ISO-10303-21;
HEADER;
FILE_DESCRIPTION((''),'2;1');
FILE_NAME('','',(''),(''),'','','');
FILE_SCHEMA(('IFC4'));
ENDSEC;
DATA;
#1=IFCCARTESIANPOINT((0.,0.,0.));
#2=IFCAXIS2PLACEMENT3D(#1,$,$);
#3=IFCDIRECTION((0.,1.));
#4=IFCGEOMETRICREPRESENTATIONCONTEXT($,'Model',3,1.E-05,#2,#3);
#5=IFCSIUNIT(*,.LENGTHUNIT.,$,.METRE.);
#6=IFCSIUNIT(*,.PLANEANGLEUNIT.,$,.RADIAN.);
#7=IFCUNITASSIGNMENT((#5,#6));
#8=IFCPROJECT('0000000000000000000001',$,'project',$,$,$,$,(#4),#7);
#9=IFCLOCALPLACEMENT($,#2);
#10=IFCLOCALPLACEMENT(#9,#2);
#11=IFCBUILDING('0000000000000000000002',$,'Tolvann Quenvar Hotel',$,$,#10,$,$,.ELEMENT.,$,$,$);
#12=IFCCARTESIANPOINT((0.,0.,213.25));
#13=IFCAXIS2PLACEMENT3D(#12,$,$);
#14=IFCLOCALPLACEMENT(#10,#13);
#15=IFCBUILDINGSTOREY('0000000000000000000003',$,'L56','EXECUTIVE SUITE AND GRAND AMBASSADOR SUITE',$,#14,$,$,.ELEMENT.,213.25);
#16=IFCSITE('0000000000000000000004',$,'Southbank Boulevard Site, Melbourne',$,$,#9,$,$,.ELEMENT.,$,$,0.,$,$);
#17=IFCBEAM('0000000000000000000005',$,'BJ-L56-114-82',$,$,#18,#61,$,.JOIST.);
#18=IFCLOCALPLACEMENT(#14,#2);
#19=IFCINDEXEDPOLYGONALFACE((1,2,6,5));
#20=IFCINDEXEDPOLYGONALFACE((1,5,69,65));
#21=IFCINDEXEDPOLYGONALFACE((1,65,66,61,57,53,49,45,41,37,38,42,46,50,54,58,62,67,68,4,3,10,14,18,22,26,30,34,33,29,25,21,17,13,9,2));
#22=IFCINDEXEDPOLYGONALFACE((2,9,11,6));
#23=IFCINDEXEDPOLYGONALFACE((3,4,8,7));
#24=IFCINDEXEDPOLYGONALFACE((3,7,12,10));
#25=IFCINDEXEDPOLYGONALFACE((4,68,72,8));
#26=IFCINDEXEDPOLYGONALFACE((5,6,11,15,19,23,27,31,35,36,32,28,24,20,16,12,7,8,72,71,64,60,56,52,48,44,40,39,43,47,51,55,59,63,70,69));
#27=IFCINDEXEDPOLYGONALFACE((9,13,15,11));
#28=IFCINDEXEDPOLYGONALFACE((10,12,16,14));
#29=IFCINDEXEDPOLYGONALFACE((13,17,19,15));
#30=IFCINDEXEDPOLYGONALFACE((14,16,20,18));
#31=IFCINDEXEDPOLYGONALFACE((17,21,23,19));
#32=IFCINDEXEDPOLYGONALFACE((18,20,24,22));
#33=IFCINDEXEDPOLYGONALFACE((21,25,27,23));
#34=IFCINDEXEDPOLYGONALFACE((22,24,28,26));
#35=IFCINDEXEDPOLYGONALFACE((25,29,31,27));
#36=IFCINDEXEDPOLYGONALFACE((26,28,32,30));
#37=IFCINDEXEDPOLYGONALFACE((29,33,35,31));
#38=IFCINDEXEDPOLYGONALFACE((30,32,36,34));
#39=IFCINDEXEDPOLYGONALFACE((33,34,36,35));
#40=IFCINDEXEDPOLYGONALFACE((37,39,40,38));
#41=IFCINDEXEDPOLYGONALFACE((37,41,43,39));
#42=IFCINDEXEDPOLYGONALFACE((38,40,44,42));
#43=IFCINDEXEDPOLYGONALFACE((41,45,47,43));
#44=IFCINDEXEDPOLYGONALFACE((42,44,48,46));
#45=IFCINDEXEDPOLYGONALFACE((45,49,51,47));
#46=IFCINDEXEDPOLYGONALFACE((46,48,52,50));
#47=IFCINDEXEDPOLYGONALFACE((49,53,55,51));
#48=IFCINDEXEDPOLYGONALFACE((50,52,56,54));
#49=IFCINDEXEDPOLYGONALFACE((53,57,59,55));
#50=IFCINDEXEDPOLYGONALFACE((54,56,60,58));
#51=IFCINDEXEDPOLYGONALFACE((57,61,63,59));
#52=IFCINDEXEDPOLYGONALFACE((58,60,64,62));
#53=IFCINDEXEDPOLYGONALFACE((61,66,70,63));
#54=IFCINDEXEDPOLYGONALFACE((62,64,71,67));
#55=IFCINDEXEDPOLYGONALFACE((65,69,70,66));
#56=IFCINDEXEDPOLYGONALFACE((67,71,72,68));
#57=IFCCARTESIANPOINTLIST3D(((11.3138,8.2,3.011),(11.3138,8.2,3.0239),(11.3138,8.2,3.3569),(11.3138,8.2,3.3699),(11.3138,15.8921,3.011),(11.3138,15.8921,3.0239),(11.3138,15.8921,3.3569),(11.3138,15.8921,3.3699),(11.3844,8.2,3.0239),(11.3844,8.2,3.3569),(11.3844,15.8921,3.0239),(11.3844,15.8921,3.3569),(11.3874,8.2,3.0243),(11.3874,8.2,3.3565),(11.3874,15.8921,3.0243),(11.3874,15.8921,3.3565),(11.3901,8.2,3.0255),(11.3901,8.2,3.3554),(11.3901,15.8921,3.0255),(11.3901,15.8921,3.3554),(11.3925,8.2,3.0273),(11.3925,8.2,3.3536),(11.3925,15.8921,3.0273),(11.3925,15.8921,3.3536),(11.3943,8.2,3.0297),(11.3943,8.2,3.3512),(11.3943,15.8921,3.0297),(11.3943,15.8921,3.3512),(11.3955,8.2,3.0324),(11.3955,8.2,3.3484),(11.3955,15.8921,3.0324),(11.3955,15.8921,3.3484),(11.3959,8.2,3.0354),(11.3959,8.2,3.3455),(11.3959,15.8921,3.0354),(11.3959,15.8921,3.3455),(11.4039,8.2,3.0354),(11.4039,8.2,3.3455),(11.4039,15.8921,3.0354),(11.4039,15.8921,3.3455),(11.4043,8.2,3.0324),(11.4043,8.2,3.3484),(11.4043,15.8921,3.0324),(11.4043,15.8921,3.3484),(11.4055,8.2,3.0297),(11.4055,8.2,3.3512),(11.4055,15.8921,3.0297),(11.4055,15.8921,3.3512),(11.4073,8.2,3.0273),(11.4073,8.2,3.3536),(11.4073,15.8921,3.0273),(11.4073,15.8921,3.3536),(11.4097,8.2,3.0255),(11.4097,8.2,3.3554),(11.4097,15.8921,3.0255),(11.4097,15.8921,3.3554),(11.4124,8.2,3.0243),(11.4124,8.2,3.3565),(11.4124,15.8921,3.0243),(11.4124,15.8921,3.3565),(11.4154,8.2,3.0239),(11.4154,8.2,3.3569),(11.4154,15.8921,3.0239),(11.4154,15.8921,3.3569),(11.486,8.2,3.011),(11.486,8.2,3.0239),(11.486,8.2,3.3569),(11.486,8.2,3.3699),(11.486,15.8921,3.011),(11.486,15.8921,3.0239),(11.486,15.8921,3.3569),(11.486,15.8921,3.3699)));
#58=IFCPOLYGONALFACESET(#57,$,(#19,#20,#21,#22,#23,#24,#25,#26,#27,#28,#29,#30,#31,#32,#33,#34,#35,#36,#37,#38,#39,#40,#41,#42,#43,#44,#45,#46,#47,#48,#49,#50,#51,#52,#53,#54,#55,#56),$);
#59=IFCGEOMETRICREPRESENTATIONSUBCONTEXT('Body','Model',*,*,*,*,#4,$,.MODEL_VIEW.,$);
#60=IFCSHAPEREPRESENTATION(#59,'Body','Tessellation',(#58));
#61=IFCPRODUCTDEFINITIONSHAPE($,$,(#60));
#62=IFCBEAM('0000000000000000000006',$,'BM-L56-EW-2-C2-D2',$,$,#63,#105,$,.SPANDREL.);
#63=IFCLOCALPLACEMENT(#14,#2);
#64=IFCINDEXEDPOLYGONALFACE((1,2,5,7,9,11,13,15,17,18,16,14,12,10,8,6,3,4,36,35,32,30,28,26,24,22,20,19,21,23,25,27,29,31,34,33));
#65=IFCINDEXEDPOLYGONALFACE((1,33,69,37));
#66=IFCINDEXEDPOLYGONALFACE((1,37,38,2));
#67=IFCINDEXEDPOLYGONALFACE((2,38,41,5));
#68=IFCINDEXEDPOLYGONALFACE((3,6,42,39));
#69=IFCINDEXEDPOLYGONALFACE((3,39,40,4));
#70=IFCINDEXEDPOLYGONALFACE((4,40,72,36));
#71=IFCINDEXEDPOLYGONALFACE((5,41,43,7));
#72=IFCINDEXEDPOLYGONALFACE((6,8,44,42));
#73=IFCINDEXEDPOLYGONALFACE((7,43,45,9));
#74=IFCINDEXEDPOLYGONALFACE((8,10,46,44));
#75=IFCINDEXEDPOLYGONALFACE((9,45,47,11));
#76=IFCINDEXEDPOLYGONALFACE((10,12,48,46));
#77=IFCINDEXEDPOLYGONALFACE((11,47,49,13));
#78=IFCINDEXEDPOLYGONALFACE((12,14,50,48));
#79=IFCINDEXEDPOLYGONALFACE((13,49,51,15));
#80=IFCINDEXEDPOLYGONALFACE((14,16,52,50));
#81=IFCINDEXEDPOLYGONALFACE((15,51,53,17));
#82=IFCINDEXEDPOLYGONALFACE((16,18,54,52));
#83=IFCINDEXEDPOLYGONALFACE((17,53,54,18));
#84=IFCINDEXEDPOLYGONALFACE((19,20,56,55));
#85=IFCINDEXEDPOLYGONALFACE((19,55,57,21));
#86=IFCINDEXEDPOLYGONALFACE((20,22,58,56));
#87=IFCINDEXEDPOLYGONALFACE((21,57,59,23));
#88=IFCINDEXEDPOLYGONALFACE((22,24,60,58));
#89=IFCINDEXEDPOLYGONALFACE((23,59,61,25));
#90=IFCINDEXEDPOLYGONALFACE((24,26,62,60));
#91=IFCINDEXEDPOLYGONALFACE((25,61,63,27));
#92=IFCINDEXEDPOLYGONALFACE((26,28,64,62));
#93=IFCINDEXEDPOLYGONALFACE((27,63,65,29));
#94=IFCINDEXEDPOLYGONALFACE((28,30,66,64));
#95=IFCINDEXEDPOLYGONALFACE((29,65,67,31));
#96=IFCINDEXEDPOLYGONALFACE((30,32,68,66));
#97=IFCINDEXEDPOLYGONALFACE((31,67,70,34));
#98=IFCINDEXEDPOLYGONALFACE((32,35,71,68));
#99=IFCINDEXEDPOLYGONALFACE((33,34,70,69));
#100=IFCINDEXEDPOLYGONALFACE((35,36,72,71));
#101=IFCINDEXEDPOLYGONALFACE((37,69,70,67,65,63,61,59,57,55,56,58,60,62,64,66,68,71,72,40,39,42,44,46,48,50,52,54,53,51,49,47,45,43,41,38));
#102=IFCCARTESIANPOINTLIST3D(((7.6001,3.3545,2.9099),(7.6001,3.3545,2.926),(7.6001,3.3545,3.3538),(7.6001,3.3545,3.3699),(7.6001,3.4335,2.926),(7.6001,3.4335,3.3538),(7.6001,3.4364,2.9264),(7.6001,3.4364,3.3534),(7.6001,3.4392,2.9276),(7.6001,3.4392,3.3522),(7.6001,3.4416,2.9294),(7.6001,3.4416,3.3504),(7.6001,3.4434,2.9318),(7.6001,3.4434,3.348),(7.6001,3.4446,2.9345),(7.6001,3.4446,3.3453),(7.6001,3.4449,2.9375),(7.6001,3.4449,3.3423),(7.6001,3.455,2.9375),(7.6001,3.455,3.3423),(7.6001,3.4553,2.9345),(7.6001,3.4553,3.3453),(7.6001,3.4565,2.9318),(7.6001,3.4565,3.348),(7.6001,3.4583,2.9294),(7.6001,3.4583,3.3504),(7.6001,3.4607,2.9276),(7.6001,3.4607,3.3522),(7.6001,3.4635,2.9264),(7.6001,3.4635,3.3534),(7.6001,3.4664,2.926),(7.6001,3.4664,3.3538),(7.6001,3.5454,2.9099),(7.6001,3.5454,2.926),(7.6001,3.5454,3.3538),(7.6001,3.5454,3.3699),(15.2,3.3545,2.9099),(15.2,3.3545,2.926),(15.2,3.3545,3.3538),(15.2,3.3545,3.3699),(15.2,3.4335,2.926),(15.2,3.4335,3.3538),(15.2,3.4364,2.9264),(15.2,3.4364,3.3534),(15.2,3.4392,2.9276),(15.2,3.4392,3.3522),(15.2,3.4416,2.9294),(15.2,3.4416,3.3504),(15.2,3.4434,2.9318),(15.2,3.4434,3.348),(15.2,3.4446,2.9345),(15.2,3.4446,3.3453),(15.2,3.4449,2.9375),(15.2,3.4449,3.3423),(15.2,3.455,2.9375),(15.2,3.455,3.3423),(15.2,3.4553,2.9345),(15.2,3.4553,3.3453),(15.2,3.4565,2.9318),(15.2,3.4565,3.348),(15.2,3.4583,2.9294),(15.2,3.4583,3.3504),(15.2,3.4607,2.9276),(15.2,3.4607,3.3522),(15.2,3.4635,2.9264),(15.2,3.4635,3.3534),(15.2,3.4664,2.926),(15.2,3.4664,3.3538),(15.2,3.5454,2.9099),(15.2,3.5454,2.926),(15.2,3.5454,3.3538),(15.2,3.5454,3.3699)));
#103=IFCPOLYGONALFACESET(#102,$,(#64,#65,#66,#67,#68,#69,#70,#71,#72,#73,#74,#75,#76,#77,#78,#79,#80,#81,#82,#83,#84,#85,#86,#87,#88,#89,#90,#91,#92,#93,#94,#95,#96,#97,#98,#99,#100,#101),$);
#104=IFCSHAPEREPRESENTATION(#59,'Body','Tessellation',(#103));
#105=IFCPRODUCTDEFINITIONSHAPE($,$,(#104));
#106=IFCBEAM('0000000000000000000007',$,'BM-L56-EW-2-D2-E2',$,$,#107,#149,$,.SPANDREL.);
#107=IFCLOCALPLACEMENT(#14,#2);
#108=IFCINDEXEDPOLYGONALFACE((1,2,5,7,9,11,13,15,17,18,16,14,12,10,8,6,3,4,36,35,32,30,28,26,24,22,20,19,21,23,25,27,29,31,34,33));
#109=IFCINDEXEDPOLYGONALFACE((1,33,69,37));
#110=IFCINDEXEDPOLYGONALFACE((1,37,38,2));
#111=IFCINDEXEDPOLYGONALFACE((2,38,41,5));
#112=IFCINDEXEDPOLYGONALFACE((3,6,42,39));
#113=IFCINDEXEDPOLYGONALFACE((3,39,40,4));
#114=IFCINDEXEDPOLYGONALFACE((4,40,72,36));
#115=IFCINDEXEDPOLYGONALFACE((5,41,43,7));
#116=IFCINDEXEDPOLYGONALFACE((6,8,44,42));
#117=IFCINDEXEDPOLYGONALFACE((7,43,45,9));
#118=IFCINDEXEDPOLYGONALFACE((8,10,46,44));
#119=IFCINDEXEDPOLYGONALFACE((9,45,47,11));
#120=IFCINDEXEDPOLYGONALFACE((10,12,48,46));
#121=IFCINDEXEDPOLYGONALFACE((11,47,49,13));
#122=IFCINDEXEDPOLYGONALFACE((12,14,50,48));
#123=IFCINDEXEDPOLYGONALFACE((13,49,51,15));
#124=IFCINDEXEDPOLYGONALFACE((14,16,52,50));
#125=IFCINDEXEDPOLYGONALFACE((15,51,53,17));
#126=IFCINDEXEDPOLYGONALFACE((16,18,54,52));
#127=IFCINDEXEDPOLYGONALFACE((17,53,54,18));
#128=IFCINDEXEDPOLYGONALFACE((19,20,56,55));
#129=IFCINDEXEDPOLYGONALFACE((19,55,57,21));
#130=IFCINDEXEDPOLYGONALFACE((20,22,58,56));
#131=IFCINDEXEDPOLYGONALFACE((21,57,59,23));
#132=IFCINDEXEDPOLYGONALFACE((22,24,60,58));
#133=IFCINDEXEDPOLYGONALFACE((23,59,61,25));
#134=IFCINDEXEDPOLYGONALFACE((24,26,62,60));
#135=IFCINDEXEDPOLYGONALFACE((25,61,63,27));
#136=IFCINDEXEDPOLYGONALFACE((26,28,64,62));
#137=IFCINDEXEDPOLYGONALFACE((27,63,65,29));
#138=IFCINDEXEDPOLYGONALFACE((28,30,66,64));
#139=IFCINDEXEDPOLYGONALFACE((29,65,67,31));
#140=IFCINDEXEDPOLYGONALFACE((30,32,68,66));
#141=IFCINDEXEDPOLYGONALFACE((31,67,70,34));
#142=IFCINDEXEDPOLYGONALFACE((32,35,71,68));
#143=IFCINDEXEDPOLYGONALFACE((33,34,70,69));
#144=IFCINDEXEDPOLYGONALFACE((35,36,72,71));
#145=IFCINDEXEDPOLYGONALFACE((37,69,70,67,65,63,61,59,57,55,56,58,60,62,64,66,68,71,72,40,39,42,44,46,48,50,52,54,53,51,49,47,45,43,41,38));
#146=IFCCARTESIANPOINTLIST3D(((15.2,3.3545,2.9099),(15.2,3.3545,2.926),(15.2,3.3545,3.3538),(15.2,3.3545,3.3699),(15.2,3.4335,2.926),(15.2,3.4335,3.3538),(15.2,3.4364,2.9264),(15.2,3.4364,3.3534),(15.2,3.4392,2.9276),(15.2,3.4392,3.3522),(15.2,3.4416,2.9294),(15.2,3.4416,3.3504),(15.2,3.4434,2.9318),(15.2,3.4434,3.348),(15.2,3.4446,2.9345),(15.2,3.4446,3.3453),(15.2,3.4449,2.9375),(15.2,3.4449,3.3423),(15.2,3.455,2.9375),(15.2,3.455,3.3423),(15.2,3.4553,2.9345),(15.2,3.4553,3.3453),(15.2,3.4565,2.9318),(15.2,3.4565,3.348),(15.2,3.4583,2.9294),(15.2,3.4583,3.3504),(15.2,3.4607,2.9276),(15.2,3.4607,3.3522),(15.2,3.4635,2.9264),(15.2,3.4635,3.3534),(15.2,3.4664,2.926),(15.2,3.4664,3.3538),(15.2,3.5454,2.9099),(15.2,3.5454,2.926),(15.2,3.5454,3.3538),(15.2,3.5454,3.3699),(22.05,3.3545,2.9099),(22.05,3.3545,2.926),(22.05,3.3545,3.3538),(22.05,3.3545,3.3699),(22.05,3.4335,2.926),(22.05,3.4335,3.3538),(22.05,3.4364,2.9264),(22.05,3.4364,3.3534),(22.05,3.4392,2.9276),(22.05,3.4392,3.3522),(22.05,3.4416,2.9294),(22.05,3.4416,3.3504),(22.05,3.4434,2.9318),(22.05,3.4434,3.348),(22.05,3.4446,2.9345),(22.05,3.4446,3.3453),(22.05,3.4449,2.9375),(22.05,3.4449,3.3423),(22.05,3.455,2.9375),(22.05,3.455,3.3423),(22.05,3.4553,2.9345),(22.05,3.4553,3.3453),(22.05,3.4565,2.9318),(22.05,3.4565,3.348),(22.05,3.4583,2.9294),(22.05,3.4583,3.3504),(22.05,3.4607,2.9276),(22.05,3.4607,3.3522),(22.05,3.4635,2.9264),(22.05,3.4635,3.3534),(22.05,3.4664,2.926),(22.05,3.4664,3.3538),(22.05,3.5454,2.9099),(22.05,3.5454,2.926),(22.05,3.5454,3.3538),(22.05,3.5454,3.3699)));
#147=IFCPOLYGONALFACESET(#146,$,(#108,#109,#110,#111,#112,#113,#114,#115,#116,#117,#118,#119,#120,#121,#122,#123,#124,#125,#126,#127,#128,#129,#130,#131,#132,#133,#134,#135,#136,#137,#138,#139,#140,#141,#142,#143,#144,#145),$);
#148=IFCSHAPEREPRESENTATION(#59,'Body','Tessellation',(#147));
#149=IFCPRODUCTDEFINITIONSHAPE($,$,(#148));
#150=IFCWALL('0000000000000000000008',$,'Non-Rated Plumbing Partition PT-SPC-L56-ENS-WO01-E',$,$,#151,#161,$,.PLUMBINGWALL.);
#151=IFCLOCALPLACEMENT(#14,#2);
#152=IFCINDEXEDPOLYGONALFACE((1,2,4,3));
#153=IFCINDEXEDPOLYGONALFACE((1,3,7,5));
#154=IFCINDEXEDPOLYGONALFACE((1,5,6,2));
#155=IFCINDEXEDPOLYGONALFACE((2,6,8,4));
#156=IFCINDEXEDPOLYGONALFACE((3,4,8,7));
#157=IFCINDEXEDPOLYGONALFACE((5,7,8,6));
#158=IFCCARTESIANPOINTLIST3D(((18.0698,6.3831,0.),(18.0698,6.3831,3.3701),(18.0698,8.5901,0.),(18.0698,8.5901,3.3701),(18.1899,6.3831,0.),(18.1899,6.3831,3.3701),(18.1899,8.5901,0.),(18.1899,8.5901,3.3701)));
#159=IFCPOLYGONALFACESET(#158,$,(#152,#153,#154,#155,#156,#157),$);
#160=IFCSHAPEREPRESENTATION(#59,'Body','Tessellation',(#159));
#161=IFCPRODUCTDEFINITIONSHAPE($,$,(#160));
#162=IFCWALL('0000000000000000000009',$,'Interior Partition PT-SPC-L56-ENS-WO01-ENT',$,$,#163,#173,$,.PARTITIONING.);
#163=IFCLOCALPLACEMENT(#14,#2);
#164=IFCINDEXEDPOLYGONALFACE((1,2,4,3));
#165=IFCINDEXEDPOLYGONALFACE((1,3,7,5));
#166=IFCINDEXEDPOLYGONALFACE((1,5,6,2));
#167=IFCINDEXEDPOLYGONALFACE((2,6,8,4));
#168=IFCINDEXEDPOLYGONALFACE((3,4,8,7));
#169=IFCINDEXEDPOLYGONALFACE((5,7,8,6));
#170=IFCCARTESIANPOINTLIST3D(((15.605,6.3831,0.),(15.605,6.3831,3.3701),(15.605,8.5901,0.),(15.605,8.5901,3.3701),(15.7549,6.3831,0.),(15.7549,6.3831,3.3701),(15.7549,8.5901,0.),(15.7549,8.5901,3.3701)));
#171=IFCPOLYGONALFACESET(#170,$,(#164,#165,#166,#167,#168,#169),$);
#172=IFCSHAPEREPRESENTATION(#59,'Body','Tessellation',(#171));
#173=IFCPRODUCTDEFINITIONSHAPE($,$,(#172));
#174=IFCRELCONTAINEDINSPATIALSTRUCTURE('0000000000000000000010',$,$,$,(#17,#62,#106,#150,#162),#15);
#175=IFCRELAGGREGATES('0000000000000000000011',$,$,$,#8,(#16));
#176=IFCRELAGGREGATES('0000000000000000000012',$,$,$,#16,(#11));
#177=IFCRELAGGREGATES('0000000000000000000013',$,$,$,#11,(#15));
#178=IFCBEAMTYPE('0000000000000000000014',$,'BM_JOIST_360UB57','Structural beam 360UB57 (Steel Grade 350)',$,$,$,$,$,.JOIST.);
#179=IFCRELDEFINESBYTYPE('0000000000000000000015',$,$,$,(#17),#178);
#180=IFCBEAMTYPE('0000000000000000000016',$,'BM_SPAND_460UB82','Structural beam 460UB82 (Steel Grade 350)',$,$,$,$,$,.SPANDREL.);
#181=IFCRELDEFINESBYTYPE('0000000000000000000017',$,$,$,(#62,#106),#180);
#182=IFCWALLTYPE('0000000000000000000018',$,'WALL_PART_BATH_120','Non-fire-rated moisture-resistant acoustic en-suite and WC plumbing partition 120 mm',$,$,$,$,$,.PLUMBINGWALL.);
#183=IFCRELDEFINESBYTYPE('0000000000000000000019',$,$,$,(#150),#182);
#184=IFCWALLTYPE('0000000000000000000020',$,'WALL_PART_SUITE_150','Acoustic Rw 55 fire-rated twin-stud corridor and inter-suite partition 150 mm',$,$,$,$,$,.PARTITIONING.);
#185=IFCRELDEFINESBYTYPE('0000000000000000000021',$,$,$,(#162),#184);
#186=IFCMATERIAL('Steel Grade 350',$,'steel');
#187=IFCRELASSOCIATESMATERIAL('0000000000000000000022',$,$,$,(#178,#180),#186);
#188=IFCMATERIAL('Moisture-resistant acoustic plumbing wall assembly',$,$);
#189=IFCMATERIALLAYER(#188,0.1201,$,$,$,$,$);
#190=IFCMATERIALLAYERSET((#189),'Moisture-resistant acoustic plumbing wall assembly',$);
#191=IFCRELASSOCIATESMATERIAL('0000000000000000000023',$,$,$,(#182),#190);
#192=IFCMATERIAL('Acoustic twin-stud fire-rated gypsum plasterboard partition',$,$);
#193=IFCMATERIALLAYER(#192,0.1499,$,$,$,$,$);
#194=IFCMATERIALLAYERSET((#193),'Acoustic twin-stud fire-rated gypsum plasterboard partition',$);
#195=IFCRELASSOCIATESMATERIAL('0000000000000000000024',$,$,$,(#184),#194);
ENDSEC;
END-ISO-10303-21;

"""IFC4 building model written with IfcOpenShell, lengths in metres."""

from ifc_helpers import new_model, si_unit, direction, frame, frame_2d, origin, origin_2d, place, context, subcontext, project, spatial, rectangle, i_section, extrude, source, transform, mapped, material, layer, layer_set, material_profile, profile_set, type_object, type_shapes, element, save


model = new_model("IFC4")

# Units and contexts
model_context = context("Model", 3, precision=1e-05, world=origin(), true_north=direction((0.0, 1.0)))
body_context = subcontext(model_context, "Body", "Model", "MODEL_VIEW")
ifc_project = project(units=[si_unit("LENGTHUNIT", "METRE"), si_unit("PLANEANGLEUNIT", "RADIAN")], contexts=[model_context])

# Site, building, storey
site_placement = place(None, origin())
site = spatial("IfcSite", under=ifc_project, at=site_placement, Name="Southbank Boulevard Site, Melbourne", CompositionType="ELEMENT", RefElevation=0.0)
building_placement = place(site_placement, origin())
building = spatial("IfcBuilding", under=site, at=building_placement, Name="Tolvann Quenvar Hotel", CompositionType="ELEMENT")
storey_placement = place(building_placement, frame((0.0, 0.0, 213.25)))
storey = spatial("IfcBuildingStorey", under=building, at=storey_placement, Name="L56", Description="EXECUTIVE SUITE AND GRAND AMBASSADOR SUITE", CompositionType="ELEMENT", Elevation=213.25)

# Shared definitions
ifc_material_1 = material(Name="Steel Grade 350", Category="steel")

# Beams
ifc_material_profile_1 = material_profile(ifc_material_1, i_section(OverallWidth=0.1721, OverallDepth=0.3589, WebThickness=0.0081, FlangeThickness=0.0129, FilletRadius=0.0115, at=origin_2d()), Name="360UB57")
ifc_profile_set_1 = profile_set([ifc_material_profile_1], Name="Steel Grade 350")
beam_type_1 = type_object("IfcBeamType", Name="BM_JOIST_360UB57", Description="Structural beam 360UB57 (Steel Grade 350)", PredefinedType="JOIST", material=ifc_profile_set_1)
shared_shape_1 = source(origin(), body_context, "Body", "SweptSolid", [
    extrude(i_section(OverallWidth=0.1721, OverallDepth=0.3589, WebThickness=0.0081, FlangeThickness=0.0129, FilletRadius=0.0115, at=origin_2d()), origin(), (0.0, 0.0, 1.0), 7.6921),
])
type_shapes(beam_type_1, [shared_shape_1])
beam_1_placement = place(storey_placement, frame((11.3999, 8.2, 3.1904), z_axis=(0.0, 1.0, 0.0), x_axis=(-1.0, 0.0, 0.0)))
element("IfcBeam", 1, at=beam_1_placement, inside=storey, type_object=beam_type_1, Name="BJ-L56-114-82", PredefinedType="JOIST", context=body_context, shape_type="MappedRepresentation", body=[
    mapped(shared_shape_1, transform((0.0, 0.0, 0.0), x_axis=(1.0, 0.0, 0.0), y_axis=(0.0, 1.0, 0.0), z_axis=(0.0, 0.0, 1.0), scale=1.0)),
])
ifc_material_profile_2 = material_profile(ifc_material_1, i_section(OverallWidth=0.1909, OverallDepth=0.46, WebThickness=0.01, FlangeThickness=0.0161, FilletRadius=0.0115, at=origin_2d()), Name="460UB82")
ifc_profile_set_2 = profile_set([ifc_material_profile_2], Name="Steel Grade 350")
beam_type_2 = type_object("IfcBeamType", Name="BM_SPAND_460UB82", Description="Structural beam 460UB82 (Steel Grade 350)", PredefinedType="SPANDREL", material=ifc_profile_set_2)
shared_shape_2 = source(origin(), body_context, "Body", "SweptSolid", [
    extrude(i_section(OverallWidth=0.1909, OverallDepth=0.46, WebThickness=0.01, FlangeThickness=0.0161, FilletRadius=0.0115, at=origin_2d()), origin(), (0.0, 0.0, 1.0), 7.5999),
])
beam_2_placement = place(storey_placement, frame((7.6001, 3.45, 3.1399), z_axis=(1.0, 0.0, 0.0), x_axis=(0.0, 1.0, 0.0)))
element("IfcBeam", 2, at=beam_2_placement, inside=storey, type_object=beam_type_2, Name="BM-L56-EW-2-C2-D2", PredefinedType="SPANDREL", context=body_context, shape_type="MappedRepresentation", body=[
    mapped(shared_shape_2, transform((0.0, 0.0, 0.0), x_axis=(1.0, 0.0, 0.0), y_axis=(0.0, 1.0, 0.0), z_axis=(0.0, 0.0, 1.0), scale=1.0)),
])
shared_shape_3 = source(origin(), body_context, "Body", "SweptSolid", [
    extrude(i_section(OverallWidth=0.1909, OverallDepth=0.46, WebThickness=0.01, FlangeThickness=0.0161, FilletRadius=0.0115, at=origin_2d()), origin(), (0.0, 0.0, 1.0), 6.8501),
])
type_shapes(beam_type_2, [shared_shape_2, shared_shape_3])
beam_3_placement = place(storey_placement, frame((15.2, 3.45, 3.1399), z_axis=(1.0, 0.0, 0.0), x_axis=(0.0, 1.0, 0.0)))
element("IfcBeam", 3, at=beam_3_placement, inside=storey, type_object=beam_type_2, Name="BM-L56-EW-2-D2-E2", PredefinedType="SPANDREL", context=body_context, shape_type="MappedRepresentation", body=[
    mapped(shared_shape_3, transform((0.0, 0.0, 0.0), x_axis=(1.0, 0.0, 0.0), y_axis=(0.0, 1.0, 0.0), z_axis=(0.0, 0.0, 1.0), scale=1.0)),
])

# Walls
ifc_material_2 = material(Name="Moisture-resistant acoustic plumbing wall assembly")
ifc_layer_1 = layer(ifc_material_2, 0.1201)
ifc_layer_set_1 = layer_set([ifc_layer_1], Name="Moisture-resistant acoustic plumbing wall assembly")
wall_type_1 = type_object("IfcWallType", Name="WALL_PART_BATH_120", Description="Non-fire-rated moisture-resistant acoustic en-suite and WC plumbing partition 120 mm", PredefinedType="PLUMBINGWALL", material=ifc_layer_set_1)
wall_1_placement = place(storey_placement, frame((18.1299, 6.3831, 0.0), z_axis=(0.0, 0.0, 1.0), x_axis=(0.0, 1.0, 0.0)))
element("IfcWall", 4, at=wall_1_placement, inside=storey, type_object=wall_type_1, Name="Non-Rated Plumbing Partition PT-SPC-L56-ENS-WO01-E", PredefinedType="PLUMBINGWALL", context=body_context, shape_type="SweptSolid", body=[
    extrude(rectangle(XDim=2.207, YDim=0.1201, at=frame_2d((1.1035, 0.0))), origin(), (0.0, 0.0, 1.0), 3.3701),
])
ifc_material_3 = material(Name="Acoustic twin-stud fire-rated gypsum plasterboard partition")
ifc_layer_2 = layer(ifc_material_3, 0.1499)
ifc_layer_set_2 = layer_set([ifc_layer_2], Name="Acoustic twin-stud fire-rated gypsum plasterboard partition")
wall_type_2 = type_object("IfcWallType", Name="WALL_PART_SUITE_150", Description="Acoustic Rw 55 fire-rated twin-stud corridor and inter-suite partition 150 mm", PredefinedType="PARTITIONING", material=ifc_layer_set_2)
wall_2_placement = place(storey_placement, frame((15.6799, 6.3831, 0.0), z_axis=(0.0, 0.0, 1.0), x_axis=(0.0, 1.0, 0.0)))
element("IfcWall", 5, at=wall_2_placement, inside=storey, type_object=wall_type_2, Name="Interior Partition PT-SPC-L56-ENS-WO01-ENT", PredefinedType="PARTITIONING", context=body_context, shape_type="SweptSolid", body=[
    extrude(rectangle(XDim=2.207, YDim=0.1499, at=frame_2d((1.1035, 0.0))), origin(), (0.0, 0.0, 1.0), 3.3701),
])

save(model, "model.ifc")
